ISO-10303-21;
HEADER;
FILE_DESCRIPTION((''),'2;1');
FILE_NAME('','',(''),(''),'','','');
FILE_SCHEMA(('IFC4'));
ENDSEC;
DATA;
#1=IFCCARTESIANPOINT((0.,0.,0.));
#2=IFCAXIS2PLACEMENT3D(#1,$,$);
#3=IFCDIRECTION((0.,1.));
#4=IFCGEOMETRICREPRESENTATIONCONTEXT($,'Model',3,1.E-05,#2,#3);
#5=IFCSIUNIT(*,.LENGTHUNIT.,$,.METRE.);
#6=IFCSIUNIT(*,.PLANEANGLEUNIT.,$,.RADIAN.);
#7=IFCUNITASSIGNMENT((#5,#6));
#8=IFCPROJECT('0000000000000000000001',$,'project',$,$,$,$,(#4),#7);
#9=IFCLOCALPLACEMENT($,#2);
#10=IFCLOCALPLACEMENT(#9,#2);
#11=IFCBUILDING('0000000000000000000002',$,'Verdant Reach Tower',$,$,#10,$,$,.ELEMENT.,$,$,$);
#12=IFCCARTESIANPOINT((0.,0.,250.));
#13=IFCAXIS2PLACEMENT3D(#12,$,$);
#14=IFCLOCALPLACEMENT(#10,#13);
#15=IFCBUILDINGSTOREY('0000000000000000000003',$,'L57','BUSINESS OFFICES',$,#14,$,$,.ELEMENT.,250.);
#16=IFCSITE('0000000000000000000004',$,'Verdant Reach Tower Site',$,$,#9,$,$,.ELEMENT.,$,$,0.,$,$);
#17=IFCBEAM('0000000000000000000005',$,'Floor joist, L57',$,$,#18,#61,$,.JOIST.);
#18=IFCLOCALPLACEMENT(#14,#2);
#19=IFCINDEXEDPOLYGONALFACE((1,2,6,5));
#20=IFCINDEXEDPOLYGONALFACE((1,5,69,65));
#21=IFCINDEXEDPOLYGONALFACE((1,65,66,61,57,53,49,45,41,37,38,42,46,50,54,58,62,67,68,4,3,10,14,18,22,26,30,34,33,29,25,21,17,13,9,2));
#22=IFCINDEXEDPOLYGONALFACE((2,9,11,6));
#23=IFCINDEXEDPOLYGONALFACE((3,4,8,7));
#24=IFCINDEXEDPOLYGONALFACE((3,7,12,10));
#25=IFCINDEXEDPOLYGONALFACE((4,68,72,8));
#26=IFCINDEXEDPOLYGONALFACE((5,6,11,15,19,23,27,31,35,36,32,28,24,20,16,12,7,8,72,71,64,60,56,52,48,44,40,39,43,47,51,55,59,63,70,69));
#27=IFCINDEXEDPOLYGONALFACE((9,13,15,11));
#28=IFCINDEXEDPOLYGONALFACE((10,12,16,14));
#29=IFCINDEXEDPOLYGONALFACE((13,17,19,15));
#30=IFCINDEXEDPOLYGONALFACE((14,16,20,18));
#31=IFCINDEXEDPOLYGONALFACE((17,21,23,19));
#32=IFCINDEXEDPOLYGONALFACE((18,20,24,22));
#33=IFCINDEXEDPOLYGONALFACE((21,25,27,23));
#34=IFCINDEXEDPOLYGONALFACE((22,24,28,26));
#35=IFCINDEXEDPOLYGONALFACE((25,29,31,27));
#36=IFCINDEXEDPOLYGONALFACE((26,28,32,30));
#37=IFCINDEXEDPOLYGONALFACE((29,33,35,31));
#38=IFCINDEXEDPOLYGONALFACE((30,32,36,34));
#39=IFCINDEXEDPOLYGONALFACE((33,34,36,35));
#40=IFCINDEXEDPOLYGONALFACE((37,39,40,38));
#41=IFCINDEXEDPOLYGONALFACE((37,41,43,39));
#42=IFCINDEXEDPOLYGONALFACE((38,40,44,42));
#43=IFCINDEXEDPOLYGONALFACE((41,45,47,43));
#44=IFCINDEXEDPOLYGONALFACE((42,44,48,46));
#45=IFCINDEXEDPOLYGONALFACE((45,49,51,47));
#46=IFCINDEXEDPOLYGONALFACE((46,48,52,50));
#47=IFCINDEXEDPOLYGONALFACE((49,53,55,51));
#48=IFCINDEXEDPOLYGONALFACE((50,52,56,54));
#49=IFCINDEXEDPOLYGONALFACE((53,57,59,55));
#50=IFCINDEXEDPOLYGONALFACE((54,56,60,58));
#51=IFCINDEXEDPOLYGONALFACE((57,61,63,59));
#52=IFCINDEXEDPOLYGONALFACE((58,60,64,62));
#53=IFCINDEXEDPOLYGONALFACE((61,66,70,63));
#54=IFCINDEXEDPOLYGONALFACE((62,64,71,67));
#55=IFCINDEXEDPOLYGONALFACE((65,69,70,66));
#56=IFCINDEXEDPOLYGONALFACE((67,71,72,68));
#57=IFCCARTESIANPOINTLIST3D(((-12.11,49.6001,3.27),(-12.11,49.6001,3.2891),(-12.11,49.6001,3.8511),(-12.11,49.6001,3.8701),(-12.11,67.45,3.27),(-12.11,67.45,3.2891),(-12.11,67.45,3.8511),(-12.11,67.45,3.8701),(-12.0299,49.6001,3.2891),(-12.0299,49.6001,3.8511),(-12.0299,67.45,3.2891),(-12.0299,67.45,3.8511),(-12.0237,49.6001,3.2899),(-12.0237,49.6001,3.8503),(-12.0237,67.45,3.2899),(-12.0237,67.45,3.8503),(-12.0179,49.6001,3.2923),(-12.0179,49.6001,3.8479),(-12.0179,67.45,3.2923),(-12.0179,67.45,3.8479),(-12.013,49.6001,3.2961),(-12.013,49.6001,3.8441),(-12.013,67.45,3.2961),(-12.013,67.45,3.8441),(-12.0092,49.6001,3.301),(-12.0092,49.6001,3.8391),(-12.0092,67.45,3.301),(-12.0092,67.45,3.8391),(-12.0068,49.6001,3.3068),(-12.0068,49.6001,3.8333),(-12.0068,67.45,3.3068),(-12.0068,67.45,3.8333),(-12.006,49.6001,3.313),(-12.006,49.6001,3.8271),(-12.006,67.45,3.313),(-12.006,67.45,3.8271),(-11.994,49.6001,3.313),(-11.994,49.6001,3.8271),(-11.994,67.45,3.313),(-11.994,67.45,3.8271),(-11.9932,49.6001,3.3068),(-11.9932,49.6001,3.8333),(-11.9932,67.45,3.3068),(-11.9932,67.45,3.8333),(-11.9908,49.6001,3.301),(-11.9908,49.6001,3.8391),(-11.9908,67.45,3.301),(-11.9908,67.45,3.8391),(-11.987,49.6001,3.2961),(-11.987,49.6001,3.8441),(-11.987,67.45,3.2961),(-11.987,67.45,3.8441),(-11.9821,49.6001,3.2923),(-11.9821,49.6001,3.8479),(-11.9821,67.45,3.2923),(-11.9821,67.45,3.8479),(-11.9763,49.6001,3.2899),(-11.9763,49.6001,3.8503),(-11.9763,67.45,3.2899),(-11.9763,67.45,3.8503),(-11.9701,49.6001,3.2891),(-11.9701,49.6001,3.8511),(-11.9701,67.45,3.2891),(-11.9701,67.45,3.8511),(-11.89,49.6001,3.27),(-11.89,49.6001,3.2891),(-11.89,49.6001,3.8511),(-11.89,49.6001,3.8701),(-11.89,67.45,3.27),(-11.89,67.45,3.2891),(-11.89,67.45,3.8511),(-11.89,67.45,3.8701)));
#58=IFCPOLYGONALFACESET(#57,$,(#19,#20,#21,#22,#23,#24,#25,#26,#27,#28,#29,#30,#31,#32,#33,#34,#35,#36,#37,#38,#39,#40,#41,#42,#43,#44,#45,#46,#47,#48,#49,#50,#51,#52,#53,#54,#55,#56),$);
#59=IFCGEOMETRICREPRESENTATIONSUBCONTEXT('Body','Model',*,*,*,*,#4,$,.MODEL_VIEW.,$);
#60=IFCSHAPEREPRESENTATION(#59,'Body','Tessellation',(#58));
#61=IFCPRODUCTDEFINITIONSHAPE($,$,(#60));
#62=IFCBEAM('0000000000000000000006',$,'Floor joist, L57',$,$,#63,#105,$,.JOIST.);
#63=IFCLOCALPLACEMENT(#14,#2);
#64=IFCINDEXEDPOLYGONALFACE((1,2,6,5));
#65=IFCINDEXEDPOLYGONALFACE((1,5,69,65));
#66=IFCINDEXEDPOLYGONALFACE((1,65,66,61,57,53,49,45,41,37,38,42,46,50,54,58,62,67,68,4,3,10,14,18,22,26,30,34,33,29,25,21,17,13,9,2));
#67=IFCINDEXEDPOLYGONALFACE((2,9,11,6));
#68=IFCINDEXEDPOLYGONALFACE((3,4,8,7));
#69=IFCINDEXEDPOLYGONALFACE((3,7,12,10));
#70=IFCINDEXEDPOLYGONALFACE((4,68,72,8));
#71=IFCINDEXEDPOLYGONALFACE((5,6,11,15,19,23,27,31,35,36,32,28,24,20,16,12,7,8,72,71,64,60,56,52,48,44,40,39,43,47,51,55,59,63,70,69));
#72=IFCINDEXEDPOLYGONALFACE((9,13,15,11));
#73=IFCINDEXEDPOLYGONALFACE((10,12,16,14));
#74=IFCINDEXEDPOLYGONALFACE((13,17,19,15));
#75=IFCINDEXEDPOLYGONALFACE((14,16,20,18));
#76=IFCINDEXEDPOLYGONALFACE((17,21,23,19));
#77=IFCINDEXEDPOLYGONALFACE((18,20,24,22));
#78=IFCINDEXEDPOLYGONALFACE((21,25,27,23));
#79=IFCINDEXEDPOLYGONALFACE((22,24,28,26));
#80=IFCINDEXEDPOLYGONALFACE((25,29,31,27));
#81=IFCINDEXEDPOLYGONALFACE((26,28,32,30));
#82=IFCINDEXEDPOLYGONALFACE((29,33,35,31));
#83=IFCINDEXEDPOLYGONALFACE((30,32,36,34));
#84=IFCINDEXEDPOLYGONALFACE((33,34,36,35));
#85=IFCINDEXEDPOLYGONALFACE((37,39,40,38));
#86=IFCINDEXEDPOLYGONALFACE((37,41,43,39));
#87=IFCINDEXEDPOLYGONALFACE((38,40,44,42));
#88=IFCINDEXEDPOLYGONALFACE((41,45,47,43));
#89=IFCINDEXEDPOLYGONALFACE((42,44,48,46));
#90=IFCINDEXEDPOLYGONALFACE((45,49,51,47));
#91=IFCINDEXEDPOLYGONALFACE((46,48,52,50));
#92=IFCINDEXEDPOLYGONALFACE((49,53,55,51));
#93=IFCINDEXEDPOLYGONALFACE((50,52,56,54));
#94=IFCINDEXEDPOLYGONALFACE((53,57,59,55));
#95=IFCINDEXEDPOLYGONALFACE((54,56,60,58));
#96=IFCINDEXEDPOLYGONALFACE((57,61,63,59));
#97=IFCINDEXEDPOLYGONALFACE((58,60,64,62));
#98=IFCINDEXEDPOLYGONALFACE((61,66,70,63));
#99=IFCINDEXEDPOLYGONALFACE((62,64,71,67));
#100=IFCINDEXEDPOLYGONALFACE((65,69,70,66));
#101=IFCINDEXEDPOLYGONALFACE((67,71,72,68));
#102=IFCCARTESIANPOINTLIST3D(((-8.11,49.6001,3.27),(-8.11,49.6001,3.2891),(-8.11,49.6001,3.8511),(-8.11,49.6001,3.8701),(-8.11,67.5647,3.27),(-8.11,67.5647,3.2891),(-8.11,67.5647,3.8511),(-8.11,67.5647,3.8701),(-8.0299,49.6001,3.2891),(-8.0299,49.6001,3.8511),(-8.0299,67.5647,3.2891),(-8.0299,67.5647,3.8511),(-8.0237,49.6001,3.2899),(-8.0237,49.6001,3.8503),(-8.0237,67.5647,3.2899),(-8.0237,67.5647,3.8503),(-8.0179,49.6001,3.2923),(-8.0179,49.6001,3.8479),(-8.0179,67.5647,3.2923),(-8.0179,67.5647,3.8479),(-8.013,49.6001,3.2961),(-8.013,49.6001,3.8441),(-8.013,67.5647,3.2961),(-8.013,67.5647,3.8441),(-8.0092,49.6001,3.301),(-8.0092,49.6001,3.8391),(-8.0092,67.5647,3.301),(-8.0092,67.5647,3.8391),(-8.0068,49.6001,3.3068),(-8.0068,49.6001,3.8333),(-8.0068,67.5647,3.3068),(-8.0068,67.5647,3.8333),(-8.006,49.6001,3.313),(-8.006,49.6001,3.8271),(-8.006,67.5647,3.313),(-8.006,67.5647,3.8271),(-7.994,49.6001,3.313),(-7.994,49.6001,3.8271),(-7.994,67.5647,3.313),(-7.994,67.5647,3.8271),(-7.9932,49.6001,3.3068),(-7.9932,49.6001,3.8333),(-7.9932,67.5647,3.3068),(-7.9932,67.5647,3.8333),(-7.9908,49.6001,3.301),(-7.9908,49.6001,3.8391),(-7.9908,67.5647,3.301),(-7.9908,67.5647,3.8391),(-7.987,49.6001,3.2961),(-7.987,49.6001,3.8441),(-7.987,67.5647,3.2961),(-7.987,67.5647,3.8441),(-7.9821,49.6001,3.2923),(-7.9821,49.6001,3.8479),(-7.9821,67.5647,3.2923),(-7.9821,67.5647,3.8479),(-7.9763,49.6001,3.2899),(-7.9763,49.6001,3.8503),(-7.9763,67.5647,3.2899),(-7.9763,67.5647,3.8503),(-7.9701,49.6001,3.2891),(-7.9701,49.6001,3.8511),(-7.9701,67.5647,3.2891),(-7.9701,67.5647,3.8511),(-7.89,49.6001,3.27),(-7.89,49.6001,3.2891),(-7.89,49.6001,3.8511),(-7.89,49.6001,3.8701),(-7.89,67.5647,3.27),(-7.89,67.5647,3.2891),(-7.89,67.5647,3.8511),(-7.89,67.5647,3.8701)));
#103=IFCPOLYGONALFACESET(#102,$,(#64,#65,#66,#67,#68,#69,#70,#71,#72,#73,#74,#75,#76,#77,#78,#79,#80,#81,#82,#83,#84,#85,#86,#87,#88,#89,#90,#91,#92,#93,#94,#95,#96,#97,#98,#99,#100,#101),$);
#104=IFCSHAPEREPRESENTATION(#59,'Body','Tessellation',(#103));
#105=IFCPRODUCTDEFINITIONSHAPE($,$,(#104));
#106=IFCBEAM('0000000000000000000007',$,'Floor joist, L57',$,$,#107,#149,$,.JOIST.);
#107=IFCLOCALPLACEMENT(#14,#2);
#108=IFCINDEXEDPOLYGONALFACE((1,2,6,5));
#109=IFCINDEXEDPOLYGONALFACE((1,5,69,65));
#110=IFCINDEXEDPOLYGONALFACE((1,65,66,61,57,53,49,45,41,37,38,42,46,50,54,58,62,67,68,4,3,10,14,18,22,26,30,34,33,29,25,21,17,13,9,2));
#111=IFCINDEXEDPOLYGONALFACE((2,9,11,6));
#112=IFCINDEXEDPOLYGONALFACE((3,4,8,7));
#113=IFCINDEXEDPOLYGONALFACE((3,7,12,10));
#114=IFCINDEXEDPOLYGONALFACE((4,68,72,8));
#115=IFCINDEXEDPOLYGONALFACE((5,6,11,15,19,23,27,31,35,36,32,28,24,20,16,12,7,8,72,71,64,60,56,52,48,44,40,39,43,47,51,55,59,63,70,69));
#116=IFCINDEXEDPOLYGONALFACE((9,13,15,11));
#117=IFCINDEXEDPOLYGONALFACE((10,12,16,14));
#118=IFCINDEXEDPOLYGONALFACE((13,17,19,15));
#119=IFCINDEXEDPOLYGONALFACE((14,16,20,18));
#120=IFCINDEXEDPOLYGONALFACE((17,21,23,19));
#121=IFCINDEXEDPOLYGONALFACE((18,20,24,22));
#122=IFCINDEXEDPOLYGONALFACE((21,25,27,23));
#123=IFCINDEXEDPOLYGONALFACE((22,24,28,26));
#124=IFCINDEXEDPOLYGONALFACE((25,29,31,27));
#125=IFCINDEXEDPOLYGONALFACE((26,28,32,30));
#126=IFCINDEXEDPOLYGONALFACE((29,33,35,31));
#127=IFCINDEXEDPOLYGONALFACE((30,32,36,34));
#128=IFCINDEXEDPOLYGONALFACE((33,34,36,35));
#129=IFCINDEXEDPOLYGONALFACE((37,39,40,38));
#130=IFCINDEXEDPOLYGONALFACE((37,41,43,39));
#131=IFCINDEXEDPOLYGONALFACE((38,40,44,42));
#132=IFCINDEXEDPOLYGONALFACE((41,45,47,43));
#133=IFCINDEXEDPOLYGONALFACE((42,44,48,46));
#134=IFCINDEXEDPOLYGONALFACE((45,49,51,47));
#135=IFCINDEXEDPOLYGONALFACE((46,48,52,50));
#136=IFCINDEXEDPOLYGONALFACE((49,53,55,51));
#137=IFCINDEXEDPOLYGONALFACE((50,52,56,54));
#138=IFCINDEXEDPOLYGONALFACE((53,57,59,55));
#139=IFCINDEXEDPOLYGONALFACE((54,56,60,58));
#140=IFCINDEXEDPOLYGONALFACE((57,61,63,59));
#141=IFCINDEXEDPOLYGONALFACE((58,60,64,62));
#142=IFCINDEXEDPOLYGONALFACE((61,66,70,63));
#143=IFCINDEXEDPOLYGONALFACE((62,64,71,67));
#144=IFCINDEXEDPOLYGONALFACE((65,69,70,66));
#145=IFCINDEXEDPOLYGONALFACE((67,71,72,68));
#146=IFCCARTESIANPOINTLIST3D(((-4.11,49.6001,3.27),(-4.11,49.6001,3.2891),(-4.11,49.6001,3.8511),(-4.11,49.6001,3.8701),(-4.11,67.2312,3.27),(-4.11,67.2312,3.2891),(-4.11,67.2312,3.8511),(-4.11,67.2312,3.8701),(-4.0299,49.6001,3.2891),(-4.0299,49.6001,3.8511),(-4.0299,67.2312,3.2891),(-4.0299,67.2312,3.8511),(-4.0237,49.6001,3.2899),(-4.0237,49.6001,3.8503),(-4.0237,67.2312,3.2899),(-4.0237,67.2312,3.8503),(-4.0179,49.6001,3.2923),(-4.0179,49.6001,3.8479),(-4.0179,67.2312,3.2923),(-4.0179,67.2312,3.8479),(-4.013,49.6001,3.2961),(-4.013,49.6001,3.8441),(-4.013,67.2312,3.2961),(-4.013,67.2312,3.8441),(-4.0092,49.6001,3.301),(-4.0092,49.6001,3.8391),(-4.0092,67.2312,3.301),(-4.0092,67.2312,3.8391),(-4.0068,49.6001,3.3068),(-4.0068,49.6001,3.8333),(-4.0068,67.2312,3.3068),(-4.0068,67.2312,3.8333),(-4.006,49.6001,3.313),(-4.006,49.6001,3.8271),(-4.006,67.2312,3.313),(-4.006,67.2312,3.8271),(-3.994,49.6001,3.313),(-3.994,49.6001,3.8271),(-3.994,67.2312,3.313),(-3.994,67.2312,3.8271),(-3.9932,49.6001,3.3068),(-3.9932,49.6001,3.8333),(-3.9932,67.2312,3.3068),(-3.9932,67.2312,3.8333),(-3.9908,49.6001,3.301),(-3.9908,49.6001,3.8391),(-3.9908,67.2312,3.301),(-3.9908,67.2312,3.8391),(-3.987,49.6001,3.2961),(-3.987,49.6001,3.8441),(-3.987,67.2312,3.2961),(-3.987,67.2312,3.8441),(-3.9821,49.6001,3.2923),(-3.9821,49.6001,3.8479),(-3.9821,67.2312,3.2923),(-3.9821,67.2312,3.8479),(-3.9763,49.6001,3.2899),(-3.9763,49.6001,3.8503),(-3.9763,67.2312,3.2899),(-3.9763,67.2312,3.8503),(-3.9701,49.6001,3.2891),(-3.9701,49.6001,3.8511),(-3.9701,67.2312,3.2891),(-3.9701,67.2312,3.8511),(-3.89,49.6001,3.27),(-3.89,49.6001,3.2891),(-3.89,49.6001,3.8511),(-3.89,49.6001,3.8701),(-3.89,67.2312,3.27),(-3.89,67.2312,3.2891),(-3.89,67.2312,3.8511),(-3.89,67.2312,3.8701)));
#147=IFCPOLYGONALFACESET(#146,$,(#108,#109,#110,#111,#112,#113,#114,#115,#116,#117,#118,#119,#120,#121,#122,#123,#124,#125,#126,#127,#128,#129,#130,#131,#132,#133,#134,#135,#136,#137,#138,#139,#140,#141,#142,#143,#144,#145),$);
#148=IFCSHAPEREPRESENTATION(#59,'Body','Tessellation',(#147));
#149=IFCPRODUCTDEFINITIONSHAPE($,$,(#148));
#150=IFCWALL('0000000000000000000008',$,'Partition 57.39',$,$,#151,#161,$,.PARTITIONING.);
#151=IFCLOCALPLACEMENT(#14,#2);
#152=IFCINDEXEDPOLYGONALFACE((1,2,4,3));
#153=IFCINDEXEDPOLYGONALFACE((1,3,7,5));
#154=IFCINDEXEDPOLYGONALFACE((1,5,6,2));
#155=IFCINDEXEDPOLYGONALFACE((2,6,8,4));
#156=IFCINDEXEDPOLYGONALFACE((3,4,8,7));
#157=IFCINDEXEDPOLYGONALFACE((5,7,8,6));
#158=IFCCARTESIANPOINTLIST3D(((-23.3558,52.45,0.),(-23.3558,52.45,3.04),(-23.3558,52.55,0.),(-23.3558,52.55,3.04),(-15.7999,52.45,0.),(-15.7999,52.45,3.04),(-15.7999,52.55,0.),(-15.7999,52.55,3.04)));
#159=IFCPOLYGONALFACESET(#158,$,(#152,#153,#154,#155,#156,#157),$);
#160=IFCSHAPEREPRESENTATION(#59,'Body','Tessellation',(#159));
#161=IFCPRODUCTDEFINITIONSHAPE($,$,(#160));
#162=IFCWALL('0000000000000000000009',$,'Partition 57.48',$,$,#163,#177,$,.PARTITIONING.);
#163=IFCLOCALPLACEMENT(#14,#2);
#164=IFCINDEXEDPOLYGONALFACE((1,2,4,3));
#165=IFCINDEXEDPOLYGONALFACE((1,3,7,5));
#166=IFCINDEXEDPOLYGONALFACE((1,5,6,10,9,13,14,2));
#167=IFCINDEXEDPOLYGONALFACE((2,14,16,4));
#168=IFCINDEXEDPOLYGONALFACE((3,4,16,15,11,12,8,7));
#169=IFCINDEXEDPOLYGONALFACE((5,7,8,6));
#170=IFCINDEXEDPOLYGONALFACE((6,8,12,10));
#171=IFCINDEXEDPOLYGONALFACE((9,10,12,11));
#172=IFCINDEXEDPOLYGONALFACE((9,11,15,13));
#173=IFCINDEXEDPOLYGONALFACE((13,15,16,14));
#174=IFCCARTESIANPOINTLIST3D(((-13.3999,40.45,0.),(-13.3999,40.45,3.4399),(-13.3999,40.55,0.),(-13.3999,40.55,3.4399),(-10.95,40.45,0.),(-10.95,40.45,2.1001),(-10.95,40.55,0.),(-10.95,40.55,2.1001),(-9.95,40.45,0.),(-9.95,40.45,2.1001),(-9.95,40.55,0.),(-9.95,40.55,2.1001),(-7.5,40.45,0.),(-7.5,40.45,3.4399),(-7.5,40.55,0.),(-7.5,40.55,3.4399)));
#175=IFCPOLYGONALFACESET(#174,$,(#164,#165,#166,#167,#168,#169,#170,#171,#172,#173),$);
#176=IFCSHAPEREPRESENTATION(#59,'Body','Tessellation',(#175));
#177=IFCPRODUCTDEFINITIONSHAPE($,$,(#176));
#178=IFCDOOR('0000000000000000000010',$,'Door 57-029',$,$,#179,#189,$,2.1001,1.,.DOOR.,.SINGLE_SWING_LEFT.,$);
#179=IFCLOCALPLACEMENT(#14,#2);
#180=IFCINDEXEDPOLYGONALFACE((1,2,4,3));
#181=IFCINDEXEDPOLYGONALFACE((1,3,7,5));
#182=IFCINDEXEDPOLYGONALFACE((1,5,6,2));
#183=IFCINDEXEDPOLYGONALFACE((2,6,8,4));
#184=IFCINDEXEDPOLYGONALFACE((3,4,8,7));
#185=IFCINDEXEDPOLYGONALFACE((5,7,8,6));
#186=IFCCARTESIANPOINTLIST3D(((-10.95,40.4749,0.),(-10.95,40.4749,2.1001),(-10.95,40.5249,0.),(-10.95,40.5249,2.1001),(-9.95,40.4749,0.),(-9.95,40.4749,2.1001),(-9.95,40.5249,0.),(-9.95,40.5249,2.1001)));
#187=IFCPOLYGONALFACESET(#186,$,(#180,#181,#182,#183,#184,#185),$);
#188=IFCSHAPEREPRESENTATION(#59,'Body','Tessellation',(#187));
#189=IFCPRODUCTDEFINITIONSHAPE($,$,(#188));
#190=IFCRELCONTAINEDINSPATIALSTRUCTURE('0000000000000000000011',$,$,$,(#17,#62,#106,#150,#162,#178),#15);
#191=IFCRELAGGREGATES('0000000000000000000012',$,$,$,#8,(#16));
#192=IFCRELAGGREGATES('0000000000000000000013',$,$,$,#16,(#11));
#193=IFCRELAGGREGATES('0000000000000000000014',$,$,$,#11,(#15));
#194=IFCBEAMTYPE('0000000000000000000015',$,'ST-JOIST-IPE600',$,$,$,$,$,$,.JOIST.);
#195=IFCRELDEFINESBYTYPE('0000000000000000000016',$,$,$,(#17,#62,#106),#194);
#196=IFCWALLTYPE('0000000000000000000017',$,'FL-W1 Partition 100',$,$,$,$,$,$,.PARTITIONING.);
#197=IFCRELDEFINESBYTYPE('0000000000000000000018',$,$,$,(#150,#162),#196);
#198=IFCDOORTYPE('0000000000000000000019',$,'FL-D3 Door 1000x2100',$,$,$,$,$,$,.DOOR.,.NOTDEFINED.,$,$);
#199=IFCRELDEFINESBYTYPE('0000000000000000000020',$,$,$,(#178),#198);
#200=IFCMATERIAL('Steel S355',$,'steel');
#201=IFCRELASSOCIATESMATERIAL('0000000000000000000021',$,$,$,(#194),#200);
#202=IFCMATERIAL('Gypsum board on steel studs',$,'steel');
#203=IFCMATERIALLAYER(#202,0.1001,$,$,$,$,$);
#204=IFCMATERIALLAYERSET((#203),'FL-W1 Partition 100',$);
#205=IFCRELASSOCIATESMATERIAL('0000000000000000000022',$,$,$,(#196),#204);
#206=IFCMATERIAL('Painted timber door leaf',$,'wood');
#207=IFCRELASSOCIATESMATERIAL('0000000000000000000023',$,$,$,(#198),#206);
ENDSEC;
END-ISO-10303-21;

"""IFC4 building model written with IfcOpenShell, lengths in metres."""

from ifc_helpers import new_model, si_unit, direction, frame, frame_2d, origin, origin_2d, place, context, subcontext, project, spatial, rectangle, i_section, extrude, material, layer, layer_set, material_profile, profile_set, type_object, element, fill, save


model = new_model("IFC4")

# Units and contexts
model_context = context("Model", 3, precision=1e-05, world=origin(), true_north=direction((0.0, 1.0)))
body_context = subcontext(model_context, "Body", "Model", "MODEL_VIEW")
ifc_project = project(units=[si_unit("LENGTHUNIT", "METRE"), si_unit("PLANEANGLEUNIT", "RADIAN")], contexts=[model_context])

# Site, building, storey
site_placement = place(None, origin())
site = spatial("IfcSite", under=ifc_project, at=site_placement, Name="Verdant Reach Tower Site", CompositionType="ELEMENT", RefElevation=0.0)
building_placement = place(site_placement, origin())
building = spatial("IfcBuilding", under=site, at=building_placement, Name="Verdant Reach Tower", CompositionType="ELEMENT")
storey_placement = place(building_placement, frame((0.0, 0.0, 250.0)))
storey = spatial("IfcBuildingStorey", under=building, at=storey_placement, Name="L57", Description="BUSINESS OFFICES", CompositionType="ELEMENT", Elevation=250.0)

# Beams
ifc_material_1 = material(Name="Steel S355", Category="steel")
ifc_material_profile_1 = material_profile(ifc_material_1, i_section(OverallWidth=0.22, OverallDepth=0.6001, WebThickness=0.012, FlangeThickness=0.019, FilletRadius=0.0239, at=origin_2d()), Name="IPE 600")
ifc_profile_set_1 = profile_set([ifc_material_profile_1], Name="Steel S355")
beam_type_1 = type_object("IfcBeamType", Name="ST-JOIST-IPE600", PredefinedType="JOIST", material=ifc_profile_set_1)
beam_1_placement = place(storey_placement, frame((-12.0, 49.6001, 3.5701), z_axis=(0.0, 1.0, 0.0), x_axis=(-1.0, 0.0, 0.0)))
element("IfcBeam", 1, at=beam_1_placement, inside=storey, type_object=beam_type_1, Name="Floor joist, L57", PredefinedType="JOIST", context=body_context, shape_type="SweptSolid", body=[
    extrude(i_section(OverallWidth=0.22, OverallDepth=0.6001, WebThickness=0.012, FlangeThickness=0.019, FilletRadius=0.0239, at=origin_2d()), origin(), (0.0, 0.0, 1.0), 17.8499),
])
beam_2_placement = place(storey_placement, frame((-8.0, 49.6001, 3.5701), z_axis=(0.0, 1.0, 0.0), x_axis=(-1.0, 0.0, 0.0)))
element("IfcBeam", 2, at=beam_2_placement, inside=storey, type_object=beam_type_1, Name="Floor joist, L57", PredefinedType="JOIST", context=body_context, shape_type="SweptSolid", body=[
    extrude(i_section(OverallWidth=0.22, OverallDepth=0.6001, WebThickness=0.012, FlangeThickness=0.019, FilletRadius=0.0239, at=origin_2d()), origin(), (0.0, 0.0, 1.0), 17.9646),
])
beam_3_placement = place(storey_placement, frame((-4.0, 49.6001, 3.5701), z_axis=(0.0, 1.0, 0.0), x_axis=(-1.0, 0.0, 0.0)))
element("IfcBeam", 3, at=beam_3_placement, inside=storey, type_object=beam_type_1, Name="Floor joist, L57", PredefinedType="JOIST", context=body_context, shape_type="SweptSolid", body=[
    extrude(i_section(OverallWidth=0.22, OverallDepth=0.6001, WebThickness=0.012, FlangeThickness=0.019, FilletRadius=0.0239, at=origin_2d()), origin(), (0.0, 0.0, 1.0), 17.6311),
])

# Wall
ifc_material_2 = material(Name="Gypsum board on steel studs", Category="steel")
ifc_layer_1 = layer(ifc_material_2, 0.1001)
ifc_layer_set_1 = layer_set([ifc_layer_1], Name="FL-W1 Partition 100")
wall_type_1 = type_object("IfcWallType", Name="FL-W1 Partition 100", PredefinedType="PARTITIONING", material=ifc_layer_set_1)
wall_1_placement = place(storey_placement, frame((-15.8, 52.5, 0.0), z_axis=(0.0, 0.0, 1.0), x_axis=(-1.0, 0.0, 0.0)))
element("IfcWall", 4, at=wall_1_placement, inside=storey, type_object=wall_type_1, Name="Partition 57.39", PredefinedType="PARTITIONING", context=body_context, shape_type="SweptSolid", body=[
    extrude(rectangle(XDim=7.5559, YDim=0.1001, at=frame_2d((3.7778, 0.0))), origin(), (0.0, 0.0, 1.0), 3.04),
])

# Wall, opening, door
wall_2_placement = place(storey_placement, frame((-13.3999, 40.5, 0.0), z_axis=(0.0, 0.0, 1.0), x_axis=(1.0, 0.0, 0.0)))
wall_2 = element("IfcWall", 5, at=wall_2_placement, inside=storey, type_object=wall_type_1, Name="Partition 57.48", PredefinedType="PARTITIONING", context=body_context, shape_type="SweptSolid", body=[
    extrude(rectangle(XDim=5.8999, YDim=0.1001, at=frame_2d((2.95, 0.0))), origin(), (0.0, 0.0, 1.0), 3.4399),
])
opening_1_placement = place(wall_2_placement, frame((2.45, 0.0, 0.0)))
opening_1 = element("IfcOpeningElement", 6, at=opening_1_placement, cuts=wall_2, PredefinedType="OPENING", context=body_context, shape_type="SweptSolid", body=[
    extrude(rectangle(XDim=1.0, YDim=2.1001, at=frame_2d((0.5, 1.05))), frame((0.0, 0.0601, 0.0), z_axis=(0.0, -1.0, 0.0), x_axis=(1.0, 0.0, 0.0)), (0.0, 0.0, 1.0), 0.1201),
])
ifc_material_3 = material(Name="Painted timber door leaf", Category="wood")
door_type_1 = type_object("IfcDoorType", Name="FL-D3 Door 1000x2100", OperationType="NOTDEFINED", PredefinedType="DOOR", material=ifc_material_3)
door_1_placement = place(opening_1_placement, origin())
door_1 = element("IfcDoor", 7, at=door_1_placement, inside=storey, type_object=door_type_1, Name="Door 57-029", OperationType="SINGLE_SWING_LEFT", OverallHeight=2.1001, OverallWidth=1.0, PredefinedType="DOOR", context=body_context, shape_type="SweptSolid", body=[
    extrude(rectangle(XDim=1.0, YDim=2.1001, at=frame_2d((0.5, 1.05))), frame((0.0, 0.0249, 0.0), z_axis=(0.0, -1.0, 0.0), x_axis=(1.0, 0.0, 0.0)), (0.0, 0.0, 1.0), 0.05),
])
fill(opening_1, door_1)

save(model, "model.ifc")
